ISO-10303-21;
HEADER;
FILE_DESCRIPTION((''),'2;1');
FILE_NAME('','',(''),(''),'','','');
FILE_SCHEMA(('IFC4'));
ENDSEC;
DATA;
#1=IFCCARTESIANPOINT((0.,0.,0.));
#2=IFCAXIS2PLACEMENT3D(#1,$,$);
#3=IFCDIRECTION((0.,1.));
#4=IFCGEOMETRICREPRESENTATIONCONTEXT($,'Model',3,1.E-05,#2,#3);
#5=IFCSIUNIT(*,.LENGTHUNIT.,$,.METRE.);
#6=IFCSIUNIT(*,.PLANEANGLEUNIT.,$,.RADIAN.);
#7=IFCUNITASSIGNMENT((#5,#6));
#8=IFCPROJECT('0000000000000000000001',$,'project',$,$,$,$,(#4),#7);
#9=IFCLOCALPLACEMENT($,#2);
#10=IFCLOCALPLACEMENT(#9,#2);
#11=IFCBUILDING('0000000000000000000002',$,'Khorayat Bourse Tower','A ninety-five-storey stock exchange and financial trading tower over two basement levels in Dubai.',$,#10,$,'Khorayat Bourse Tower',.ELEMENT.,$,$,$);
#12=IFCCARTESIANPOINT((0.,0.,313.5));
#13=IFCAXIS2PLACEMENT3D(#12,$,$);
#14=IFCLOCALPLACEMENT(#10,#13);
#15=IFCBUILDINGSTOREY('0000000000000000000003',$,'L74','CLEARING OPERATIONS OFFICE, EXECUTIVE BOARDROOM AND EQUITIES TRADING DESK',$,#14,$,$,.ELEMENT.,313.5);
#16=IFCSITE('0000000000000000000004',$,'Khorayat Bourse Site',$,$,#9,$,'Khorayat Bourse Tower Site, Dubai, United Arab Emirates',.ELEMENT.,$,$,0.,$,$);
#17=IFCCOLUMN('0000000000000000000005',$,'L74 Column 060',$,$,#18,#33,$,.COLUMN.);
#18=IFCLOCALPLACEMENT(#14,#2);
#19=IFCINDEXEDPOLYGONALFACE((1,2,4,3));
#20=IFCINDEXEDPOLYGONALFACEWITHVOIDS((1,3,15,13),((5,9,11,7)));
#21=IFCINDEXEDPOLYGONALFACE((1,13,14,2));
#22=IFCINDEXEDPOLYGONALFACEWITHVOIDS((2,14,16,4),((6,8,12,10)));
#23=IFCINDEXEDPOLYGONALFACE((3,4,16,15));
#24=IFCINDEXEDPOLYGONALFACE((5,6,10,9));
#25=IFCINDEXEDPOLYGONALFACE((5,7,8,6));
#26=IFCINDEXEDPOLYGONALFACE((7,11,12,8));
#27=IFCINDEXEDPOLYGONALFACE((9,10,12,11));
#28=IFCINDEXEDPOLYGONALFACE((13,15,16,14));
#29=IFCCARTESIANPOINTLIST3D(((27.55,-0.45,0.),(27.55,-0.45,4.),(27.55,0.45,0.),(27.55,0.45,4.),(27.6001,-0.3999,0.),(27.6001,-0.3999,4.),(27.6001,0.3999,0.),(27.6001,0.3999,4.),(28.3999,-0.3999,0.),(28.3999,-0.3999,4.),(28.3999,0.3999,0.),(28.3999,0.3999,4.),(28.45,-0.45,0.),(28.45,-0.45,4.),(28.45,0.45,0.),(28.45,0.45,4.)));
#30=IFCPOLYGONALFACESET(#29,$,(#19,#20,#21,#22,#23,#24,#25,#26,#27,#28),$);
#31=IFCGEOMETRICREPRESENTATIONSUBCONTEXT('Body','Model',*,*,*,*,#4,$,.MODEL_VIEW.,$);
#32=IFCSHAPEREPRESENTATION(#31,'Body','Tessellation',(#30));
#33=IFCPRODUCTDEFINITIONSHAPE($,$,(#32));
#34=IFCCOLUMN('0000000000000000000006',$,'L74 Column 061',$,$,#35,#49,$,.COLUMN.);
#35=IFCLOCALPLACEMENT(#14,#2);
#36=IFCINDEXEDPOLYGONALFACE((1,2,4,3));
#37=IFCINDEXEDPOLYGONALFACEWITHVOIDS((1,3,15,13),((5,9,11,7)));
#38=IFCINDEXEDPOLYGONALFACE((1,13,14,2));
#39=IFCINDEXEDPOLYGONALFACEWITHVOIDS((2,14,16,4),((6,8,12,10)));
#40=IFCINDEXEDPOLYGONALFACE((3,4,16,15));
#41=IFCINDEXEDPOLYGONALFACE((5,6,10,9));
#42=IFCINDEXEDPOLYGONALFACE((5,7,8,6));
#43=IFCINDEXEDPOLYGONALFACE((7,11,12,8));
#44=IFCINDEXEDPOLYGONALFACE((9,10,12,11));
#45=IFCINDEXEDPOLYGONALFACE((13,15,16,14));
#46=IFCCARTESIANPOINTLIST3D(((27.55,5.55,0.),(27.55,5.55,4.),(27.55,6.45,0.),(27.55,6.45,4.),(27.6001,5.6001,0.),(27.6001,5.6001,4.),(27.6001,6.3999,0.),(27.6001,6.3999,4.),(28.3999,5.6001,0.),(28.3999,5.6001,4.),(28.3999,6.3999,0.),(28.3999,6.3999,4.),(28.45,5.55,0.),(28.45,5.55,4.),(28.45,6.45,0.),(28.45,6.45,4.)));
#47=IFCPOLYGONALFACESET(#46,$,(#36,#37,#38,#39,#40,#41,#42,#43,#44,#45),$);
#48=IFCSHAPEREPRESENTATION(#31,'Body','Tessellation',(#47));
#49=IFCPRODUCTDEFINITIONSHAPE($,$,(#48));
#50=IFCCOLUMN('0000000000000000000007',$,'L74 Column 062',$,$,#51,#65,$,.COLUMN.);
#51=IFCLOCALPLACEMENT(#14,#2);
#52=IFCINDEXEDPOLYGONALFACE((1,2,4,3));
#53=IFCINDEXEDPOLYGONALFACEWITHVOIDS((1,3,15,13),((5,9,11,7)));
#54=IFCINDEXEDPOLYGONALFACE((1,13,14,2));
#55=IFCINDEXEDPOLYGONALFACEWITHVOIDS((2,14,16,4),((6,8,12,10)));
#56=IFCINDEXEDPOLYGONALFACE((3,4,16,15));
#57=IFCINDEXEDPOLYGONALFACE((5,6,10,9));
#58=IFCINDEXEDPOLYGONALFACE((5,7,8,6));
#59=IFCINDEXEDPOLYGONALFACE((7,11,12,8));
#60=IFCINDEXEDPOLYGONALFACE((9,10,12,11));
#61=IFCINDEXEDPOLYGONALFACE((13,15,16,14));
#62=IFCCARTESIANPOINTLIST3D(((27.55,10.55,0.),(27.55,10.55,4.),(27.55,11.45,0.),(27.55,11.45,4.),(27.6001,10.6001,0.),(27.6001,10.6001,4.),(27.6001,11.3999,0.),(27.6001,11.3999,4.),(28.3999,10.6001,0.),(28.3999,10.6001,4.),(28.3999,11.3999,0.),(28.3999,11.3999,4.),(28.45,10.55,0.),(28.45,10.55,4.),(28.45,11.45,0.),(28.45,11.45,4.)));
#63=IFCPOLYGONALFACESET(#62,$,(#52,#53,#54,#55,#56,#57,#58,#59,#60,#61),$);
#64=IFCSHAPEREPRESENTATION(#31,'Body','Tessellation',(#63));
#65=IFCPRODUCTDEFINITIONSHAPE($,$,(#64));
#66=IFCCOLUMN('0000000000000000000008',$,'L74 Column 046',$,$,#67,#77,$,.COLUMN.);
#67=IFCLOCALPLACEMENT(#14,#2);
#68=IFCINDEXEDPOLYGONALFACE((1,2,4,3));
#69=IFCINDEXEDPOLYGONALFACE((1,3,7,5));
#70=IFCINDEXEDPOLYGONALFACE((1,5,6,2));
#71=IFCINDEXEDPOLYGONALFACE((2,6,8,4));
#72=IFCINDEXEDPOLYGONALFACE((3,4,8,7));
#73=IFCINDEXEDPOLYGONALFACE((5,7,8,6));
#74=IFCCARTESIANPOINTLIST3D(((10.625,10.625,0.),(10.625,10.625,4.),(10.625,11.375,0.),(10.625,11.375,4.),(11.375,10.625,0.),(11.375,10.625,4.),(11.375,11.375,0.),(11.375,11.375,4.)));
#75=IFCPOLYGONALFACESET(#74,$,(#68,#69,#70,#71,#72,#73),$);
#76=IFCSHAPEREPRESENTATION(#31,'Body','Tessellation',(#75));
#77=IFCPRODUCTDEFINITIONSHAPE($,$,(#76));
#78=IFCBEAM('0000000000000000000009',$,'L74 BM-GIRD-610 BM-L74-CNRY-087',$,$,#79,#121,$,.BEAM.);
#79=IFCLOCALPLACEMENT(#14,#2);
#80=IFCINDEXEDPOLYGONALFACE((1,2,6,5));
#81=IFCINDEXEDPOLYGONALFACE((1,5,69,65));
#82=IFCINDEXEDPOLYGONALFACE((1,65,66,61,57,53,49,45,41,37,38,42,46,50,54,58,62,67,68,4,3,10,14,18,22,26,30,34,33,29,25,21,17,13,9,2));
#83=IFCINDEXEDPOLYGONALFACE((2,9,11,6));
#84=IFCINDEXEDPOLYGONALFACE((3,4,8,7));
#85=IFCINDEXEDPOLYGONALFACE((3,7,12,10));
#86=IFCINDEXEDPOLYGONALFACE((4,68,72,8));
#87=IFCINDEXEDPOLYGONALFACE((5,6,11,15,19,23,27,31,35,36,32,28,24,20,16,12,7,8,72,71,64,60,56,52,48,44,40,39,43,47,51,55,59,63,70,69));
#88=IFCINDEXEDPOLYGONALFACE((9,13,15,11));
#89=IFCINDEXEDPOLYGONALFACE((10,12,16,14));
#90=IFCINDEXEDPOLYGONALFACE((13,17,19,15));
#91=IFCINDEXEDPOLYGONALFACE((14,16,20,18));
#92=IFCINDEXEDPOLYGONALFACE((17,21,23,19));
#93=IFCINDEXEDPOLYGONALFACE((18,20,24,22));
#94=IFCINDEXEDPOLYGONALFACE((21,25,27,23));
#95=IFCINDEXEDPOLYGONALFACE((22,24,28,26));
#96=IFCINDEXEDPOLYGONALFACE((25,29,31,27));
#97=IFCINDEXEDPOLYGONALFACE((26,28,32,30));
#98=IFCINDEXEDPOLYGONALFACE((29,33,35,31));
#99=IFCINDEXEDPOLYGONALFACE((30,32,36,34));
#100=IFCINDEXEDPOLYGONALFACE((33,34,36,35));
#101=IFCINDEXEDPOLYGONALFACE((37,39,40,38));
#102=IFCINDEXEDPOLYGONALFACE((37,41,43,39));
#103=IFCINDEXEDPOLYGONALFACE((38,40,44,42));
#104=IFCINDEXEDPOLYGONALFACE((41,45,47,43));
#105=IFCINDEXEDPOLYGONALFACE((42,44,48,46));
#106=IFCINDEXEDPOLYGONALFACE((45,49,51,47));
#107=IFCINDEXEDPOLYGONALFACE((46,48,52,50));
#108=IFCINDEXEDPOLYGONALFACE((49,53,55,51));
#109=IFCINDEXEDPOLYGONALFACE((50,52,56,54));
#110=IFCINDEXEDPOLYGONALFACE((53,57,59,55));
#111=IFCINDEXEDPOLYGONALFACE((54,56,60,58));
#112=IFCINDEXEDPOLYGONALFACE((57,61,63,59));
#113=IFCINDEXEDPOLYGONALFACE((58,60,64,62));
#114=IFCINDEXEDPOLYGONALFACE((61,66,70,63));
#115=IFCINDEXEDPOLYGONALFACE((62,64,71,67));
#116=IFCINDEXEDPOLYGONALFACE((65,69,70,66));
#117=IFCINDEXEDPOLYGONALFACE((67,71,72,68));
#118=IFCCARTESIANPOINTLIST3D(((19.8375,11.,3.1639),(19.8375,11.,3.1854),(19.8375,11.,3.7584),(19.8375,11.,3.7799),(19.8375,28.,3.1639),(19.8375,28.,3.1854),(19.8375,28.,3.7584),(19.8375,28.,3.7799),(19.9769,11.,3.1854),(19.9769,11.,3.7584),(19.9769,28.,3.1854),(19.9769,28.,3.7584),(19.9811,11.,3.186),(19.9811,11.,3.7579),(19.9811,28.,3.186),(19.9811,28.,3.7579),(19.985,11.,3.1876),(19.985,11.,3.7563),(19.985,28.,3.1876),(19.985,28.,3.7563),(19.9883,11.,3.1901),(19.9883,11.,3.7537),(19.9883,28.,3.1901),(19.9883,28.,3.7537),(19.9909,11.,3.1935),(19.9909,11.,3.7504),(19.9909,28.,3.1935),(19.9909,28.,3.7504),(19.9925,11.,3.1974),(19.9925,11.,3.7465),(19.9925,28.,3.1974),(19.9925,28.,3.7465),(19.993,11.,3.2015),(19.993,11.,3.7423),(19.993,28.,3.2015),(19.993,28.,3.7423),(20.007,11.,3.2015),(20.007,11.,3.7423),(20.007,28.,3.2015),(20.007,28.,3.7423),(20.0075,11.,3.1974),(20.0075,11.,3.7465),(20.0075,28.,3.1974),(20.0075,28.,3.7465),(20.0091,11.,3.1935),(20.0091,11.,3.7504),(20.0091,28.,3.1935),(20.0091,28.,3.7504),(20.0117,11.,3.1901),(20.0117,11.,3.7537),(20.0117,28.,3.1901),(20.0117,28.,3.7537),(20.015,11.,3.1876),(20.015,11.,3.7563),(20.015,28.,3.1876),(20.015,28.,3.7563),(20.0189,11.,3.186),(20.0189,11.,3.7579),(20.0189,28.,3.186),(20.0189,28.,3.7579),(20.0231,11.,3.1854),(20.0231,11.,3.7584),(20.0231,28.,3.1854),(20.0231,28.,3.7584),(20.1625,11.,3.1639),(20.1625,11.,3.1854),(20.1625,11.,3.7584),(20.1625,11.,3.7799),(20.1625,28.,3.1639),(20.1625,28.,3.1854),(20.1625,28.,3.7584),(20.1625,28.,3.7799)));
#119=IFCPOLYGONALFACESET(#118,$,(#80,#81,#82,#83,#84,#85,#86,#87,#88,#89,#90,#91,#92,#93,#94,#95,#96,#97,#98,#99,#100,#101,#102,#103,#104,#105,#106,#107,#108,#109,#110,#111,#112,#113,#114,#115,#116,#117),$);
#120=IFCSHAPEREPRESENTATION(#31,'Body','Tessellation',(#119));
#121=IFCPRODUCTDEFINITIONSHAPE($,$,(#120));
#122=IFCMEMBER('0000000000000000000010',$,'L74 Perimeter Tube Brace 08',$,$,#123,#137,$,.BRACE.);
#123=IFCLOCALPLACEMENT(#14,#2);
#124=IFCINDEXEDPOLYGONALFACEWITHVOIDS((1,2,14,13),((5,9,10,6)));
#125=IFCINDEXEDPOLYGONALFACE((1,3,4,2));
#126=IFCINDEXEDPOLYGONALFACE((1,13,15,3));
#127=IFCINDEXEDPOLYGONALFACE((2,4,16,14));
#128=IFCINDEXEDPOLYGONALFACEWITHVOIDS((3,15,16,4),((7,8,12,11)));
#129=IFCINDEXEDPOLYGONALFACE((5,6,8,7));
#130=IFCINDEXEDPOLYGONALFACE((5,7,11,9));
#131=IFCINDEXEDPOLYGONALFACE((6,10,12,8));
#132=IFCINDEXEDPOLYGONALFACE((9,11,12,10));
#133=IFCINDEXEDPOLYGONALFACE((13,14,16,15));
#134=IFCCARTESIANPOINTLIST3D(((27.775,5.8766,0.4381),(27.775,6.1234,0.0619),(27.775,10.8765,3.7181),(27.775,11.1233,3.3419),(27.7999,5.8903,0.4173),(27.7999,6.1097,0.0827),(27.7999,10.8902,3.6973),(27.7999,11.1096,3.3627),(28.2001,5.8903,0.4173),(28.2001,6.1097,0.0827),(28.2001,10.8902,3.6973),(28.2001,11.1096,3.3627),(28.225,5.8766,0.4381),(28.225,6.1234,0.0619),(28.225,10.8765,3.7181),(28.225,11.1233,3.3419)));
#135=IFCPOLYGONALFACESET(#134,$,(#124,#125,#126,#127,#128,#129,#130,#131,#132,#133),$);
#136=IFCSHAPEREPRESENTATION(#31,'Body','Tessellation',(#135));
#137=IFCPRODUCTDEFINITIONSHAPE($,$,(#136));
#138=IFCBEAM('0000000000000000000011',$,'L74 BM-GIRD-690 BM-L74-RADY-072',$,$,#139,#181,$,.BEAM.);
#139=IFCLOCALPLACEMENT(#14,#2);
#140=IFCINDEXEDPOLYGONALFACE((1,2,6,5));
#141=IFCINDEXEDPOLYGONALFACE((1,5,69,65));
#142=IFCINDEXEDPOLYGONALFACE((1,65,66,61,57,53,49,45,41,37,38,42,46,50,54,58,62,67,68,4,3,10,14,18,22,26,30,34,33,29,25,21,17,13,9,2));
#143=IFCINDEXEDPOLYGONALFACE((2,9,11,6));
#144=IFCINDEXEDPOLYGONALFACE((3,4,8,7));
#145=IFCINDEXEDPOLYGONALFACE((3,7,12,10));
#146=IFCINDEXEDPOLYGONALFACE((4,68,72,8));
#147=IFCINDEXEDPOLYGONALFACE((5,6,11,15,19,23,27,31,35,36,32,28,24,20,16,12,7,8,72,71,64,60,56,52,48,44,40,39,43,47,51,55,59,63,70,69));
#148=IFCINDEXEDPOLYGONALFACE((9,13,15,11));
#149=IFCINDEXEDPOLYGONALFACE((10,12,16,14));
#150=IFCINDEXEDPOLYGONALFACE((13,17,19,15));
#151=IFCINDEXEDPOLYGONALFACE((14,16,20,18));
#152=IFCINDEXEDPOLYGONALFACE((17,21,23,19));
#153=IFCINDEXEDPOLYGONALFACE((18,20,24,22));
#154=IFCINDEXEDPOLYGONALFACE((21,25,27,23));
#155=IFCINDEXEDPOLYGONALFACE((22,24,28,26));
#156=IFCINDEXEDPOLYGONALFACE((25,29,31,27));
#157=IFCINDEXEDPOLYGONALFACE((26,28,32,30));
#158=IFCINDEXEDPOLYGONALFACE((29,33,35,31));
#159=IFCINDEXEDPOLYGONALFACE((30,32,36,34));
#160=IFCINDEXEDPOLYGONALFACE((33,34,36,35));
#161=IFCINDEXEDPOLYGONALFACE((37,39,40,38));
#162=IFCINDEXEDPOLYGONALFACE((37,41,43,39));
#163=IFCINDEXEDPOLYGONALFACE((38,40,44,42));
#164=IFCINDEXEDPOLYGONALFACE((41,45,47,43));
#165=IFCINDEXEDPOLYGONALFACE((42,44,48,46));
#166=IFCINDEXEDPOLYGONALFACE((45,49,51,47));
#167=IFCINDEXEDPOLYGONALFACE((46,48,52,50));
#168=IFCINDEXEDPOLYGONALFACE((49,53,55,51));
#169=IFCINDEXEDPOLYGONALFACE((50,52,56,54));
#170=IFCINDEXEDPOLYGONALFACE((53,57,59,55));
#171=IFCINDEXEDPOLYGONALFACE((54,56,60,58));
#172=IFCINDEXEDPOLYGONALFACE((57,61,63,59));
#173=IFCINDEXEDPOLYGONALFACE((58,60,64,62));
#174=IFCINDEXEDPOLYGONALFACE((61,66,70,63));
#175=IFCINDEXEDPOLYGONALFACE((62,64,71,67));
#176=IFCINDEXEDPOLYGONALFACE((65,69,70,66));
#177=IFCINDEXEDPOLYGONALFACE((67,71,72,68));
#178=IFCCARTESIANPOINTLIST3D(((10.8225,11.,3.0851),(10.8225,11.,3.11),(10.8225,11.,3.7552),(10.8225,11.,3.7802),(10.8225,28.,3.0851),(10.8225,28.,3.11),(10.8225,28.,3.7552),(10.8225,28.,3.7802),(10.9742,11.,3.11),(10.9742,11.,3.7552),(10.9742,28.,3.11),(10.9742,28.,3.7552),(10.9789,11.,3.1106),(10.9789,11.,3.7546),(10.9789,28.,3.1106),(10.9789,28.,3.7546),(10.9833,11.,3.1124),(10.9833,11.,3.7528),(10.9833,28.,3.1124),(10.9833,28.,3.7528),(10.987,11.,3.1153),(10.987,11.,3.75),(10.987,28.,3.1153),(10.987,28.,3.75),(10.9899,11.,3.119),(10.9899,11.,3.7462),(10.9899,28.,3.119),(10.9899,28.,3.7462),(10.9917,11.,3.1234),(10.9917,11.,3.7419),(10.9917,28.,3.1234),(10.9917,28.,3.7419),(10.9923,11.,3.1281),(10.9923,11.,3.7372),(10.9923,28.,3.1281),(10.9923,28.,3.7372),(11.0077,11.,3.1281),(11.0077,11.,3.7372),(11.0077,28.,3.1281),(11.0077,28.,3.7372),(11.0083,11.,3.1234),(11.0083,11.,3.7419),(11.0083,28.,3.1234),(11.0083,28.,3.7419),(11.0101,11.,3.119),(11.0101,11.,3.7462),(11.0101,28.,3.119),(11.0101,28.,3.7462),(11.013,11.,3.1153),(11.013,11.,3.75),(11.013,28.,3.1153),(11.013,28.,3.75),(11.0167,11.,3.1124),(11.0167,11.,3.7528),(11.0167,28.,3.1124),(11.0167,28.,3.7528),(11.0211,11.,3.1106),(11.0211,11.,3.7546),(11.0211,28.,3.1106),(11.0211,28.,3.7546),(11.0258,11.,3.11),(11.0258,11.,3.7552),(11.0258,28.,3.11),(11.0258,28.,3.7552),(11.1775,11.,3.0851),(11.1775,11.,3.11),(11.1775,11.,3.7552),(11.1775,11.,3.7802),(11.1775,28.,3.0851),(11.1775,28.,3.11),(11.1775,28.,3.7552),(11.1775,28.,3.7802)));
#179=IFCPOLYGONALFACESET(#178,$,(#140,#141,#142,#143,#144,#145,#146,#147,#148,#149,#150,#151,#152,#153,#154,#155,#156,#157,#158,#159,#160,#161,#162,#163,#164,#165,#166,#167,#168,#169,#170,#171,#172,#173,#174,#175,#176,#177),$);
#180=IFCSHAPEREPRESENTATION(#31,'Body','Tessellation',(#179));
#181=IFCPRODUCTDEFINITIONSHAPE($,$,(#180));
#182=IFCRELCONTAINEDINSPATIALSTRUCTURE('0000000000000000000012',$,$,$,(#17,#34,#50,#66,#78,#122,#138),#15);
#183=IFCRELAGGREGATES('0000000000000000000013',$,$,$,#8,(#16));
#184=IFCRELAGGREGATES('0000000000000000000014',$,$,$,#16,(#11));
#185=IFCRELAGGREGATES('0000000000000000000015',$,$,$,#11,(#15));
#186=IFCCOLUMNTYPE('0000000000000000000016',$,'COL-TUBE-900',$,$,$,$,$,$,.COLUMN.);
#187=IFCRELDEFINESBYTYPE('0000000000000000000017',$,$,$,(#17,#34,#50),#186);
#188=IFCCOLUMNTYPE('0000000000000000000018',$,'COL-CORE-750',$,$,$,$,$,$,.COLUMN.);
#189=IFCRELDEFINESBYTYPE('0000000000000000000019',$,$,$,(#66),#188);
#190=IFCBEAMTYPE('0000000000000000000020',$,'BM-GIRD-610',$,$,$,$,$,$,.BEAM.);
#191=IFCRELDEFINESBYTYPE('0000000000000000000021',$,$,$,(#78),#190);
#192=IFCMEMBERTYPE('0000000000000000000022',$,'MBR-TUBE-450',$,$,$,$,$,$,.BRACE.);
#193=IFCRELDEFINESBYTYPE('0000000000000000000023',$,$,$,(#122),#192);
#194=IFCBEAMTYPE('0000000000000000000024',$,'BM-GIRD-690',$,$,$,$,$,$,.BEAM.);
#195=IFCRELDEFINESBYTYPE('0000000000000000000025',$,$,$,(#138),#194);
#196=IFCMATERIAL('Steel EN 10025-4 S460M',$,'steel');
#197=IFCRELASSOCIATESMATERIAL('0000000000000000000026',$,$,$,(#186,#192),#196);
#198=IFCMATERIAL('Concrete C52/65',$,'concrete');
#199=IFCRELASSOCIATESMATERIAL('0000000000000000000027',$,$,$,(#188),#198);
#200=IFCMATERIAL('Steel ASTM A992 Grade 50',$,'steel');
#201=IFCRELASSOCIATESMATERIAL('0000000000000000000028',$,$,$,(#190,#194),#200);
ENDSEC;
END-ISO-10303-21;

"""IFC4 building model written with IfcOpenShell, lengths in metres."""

from ifc_helpers import new_model, si_unit, direction, frame, origin, origin_2d, place, context, subcontext, project, spatial, rectangle, hollow_rectangle, i_section, extrude, source, transform, mapped, material, material_profile, profile_set, type_object, element, save


model = new_model("IFC4")

# Units and contexts
model_context = context("Model", 3, precision=1e-05, world=origin(), true_north=direction((0.0, 1.0)))
body_context = subcontext(model_context, "Body", "Model", "MODEL_VIEW")
ifc_project = project(units=[si_unit("LENGTHUNIT", "METRE"), si_unit("PLANEANGLEUNIT", "RADIAN")], contexts=[model_context])

# Site, building, storey
site_placement = place(None, origin())
site = spatial("IfcSite", under=ifc_project, at=site_placement, Name="Khorayat Bourse Site", LongName="Khorayat Bourse Tower Site, Dubai, United Arab Emirates", CompositionType="ELEMENT", RefElevation=0.0)
building_placement = place(site_placement, origin())
building = spatial("IfcBuilding", under=site, at=building_placement, Name="Khorayat Bourse Tower", Description="A ninety-five-storey stock exchange and financial trading tower over two basement levels in Dubai.", LongName="Khorayat Bourse Tower", CompositionType="ELEMENT")
storey_placement = place(building_placement, frame((0.0, 0.0, 313.5)))
storey = spatial("IfcBuildingStorey", under=building, at=storey_placement, Name="L74", Description="CLEARING OPERATIONS OFFICE, EXECUTIVE BOARDROOM AND EQUITIES TRADING DESK", CompositionType="ELEMENT", Elevation=313.5)

# Columns
ifc_material_1 = material(Name="Steel EN 10025-4 S460M", Category="steel")
ifc_material_profile_1 = material_profile(ifc_material_1, hollow_rectangle(XDim=0.8999, YDim=0.8999, WallThickness=0.05, at=origin_2d()), Name="BOX 900x900x50")
ifc_profile_set_1 = profile_set([ifc_material_profile_1], Name="Steel EN 10025-4 S460M")
column_type_1 = type_object("IfcColumnType", Name="COL-TUBE-900", PredefinedType="COLUMN", material=ifc_profile_set_1)
shared_shape_1 = source(origin(), body_context, "Body", "SweptSolid", [
    extrude(hollow_rectangle(XDim=0.8999, YDim=0.8999, WallThickness=0.05, at=origin_2d()), origin(), (0.0, 0.0, 1.0), 4.0),
])
for number, where, z_axis, x_axis, name in (
    (1, (28.0, 0.0, 0.0), (0.0, 0.0, 1.0), (1.0, 0.0, 0.0), "L74 Column 060"),
    (2, (28.0, 6.0, 0.0), (0.0, 0.0, 1.0), (1.0, 0.0, 0.0), "L74 Column 061"),
    (3, (28.0, 11.0, 0.0), (0.0, 0.0, 1.0), (1.0, 0.0, 0.0), "L74 Column 062"),
):
    element("IfcColumn", number, at=place(storey_placement, frame(where, z_axis=z_axis, x_axis=x_axis)), inside=storey, type_object=column_type_1, Name=name, PredefinedType="COLUMN", context=body_context, shape_type="MappedRepresentation", body=[
        mapped(shared_shape_1, transform((0.0, 0.0, 0.0), scale=1.0)),
    ])
ifc_material_2 = material(Name="Concrete C52/65", Category="concrete")
ifc_material_profile_2 = material_profile(ifc_material_2, rectangle(XDim=0.75, YDim=0.75, at=origin_2d()), Name="RC 750x750")
ifc_profile_set_2 = profile_set([ifc_material_profile_2], Name="Concrete C52/65")
column_type_2 = type_object("IfcColumnType", Name="COL-CORE-750", PredefinedType="COLUMN", material=ifc_profile_set_2)
shared_shape_2 = source(origin(), body_context, "Body", "SweptSolid", [
    extrude(rectangle(XDim=0.75, YDim=0.75, at=origin_2d()), origin(), (0.0, 0.0, 1.0), 4.0),
])
column_placement = place(storey_placement, frame((11.0, 11.0, 0.0), z_axis=(0.0, 0.0, 1.0), x_axis=(1.0, 0.0, 0.0)))
element("IfcColumn", 4, at=column_placement, inside=storey, type_object=column_type_2, Name="L74 Column 046", PredefinedType="COLUMN", context=body_context, shape_type="MappedRepresentation", body=[
    mapped(shared_shape_2, transform((0.0, 0.0, 0.0), scale=1.0)),
])

# Beam
ifc_material_3 = material(Name="Steel ASTM A992 Grade 50", Category="steel")
ifc_material_profile_3 = material_profile(ifc_material_3, i_section(OverallWidth=0.325, OverallDepth=0.616, WebThickness=0.0139, FlangeThickness=0.0215, FilletRadius=0.0161, at=origin_2d()), Name="W610X174")
ifc_profile_set_3 = profile_set([ifc_material_profile_3], Name="Steel ASTM A992 Grade 50")
beam_type_1 = type_object("IfcBeamType", Name="BM-GIRD-610", PredefinedType="BEAM", material=ifc_profile_set_3)
shared_shape_3 = source(origin(), body_context, "Body", "SweptSolid", [
    extrude(i_section(OverallWidth=0.325, OverallDepth=0.616, WebThickness=0.0139, FlangeThickness=0.0215, FilletRadius=0.0161, at=origin_2d()), origin(), (0.0, 0.0, 1.0), 17.0),
])
beam_1_placement = place(storey_placement, frame((20.0, 11.0, 3.4719), z_axis=(0.0, 1.0, 0.0), x_axis=(-1.0, 0.0, 0.0)))
element("IfcBeam", 5, at=beam_1_placement, inside=storey, type_object=beam_type_1, Name="L74 BM-GIRD-610 BM-L74-CNRY-087", PredefinedType="BEAM", context=body_context, shape_type="MappedRepresentation", body=[
    mapped(shared_shape_3, transform((0.0, 0.0, 0.0), scale=1.0)),
])

# Member
ifc_material_profile_4 = material_profile(ifc_material_1, hollow_rectangle(XDim=0.45, YDim=0.45, WallThickness=0.0249, at=origin_2d()), Name="HSS 450x450x25")
ifc_profile_set_4 = profile_set([ifc_material_profile_4], Name="Steel EN 10025-4 S460M")
member_type_1 = type_object("IfcMemberType", Name="MBR-TUBE-450", PredefinedType="BRACE", material=ifc_profile_set_4)
shared_shape_4 = source(origin(), body_context, "Body", "SweptSolid", [
    extrude(hollow_rectangle(XDim=0.45, YDim=0.45, WallThickness=0.0249, at=origin_2d()), origin(), (0.0, 0.0, 1.0), 5.9797),
])
member_1_placement = place(storey_placement, frame((28.0, 6.0, 0.25), z_axis=(0.0, 0.836142, 0.548514), x_axis=(-1.0, 0.0, 0.0)))
element("IfcMember", 6, at=member_1_placement, inside=storey, type_object=member_type_1, Name="L74 Perimeter Tube Brace 08", PredefinedType="BRACE", context=body_context, shape_type="MappedRepresentation", body=[
    mapped(shared_shape_4, transform((0.0, 0.0, 0.0), scale=1.0)),
])

# Beam
ifc_material_profile_5 = material_profile(ifc_material_3, i_section(OverallWidth=0.355, OverallDepth=0.6951, WebThickness=0.0154, FlangeThickness=0.0249, FilletRadius=0.0181, at=origin_2d()), Name="W690X217")
ifc_profile_set_5 = profile_set([ifc_material_profile_5], Name="Steel ASTM A992 Grade 50")
beam_type_2 = type_object("IfcBeamType", Name="BM-GIRD-690", PredefinedType="BEAM", material=ifc_profile_set_5)
shared_shape_5 = source(origin(), body_context, "Body", "SweptSolid", [
    extrude(i_section(OverallWidth=0.355, OverallDepth=0.6951, WebThickness=0.0154, FlangeThickness=0.0249, FilletRadius=0.0181, at=origin_2d()), origin(), (0.0, 0.0, 1.0), 17.0),
])
for number, where, z_axis, x_axis, name in (
    (7, (11.0, 11.0, 3.4326), (0.0, 1.0, 0.0), (-1.0, 0.0, 0.0), "L74 BM-GIRD-690 BM-L74-RADY-072"),
):
    element("IfcBeam", number, at=place(storey_placement, frame(where, z_axis=z_axis, x_axis=x_axis)), inside=storey, type_object=beam_type_2, Name=name, PredefinedType="BEAM", context=body_context, shape_type="MappedRepresentation", body=[
        mapped(shared_shape_5, transform((0.0, 0.0, 0.0), scale=1.0)),
    ])

save(model, "model.ifc")
